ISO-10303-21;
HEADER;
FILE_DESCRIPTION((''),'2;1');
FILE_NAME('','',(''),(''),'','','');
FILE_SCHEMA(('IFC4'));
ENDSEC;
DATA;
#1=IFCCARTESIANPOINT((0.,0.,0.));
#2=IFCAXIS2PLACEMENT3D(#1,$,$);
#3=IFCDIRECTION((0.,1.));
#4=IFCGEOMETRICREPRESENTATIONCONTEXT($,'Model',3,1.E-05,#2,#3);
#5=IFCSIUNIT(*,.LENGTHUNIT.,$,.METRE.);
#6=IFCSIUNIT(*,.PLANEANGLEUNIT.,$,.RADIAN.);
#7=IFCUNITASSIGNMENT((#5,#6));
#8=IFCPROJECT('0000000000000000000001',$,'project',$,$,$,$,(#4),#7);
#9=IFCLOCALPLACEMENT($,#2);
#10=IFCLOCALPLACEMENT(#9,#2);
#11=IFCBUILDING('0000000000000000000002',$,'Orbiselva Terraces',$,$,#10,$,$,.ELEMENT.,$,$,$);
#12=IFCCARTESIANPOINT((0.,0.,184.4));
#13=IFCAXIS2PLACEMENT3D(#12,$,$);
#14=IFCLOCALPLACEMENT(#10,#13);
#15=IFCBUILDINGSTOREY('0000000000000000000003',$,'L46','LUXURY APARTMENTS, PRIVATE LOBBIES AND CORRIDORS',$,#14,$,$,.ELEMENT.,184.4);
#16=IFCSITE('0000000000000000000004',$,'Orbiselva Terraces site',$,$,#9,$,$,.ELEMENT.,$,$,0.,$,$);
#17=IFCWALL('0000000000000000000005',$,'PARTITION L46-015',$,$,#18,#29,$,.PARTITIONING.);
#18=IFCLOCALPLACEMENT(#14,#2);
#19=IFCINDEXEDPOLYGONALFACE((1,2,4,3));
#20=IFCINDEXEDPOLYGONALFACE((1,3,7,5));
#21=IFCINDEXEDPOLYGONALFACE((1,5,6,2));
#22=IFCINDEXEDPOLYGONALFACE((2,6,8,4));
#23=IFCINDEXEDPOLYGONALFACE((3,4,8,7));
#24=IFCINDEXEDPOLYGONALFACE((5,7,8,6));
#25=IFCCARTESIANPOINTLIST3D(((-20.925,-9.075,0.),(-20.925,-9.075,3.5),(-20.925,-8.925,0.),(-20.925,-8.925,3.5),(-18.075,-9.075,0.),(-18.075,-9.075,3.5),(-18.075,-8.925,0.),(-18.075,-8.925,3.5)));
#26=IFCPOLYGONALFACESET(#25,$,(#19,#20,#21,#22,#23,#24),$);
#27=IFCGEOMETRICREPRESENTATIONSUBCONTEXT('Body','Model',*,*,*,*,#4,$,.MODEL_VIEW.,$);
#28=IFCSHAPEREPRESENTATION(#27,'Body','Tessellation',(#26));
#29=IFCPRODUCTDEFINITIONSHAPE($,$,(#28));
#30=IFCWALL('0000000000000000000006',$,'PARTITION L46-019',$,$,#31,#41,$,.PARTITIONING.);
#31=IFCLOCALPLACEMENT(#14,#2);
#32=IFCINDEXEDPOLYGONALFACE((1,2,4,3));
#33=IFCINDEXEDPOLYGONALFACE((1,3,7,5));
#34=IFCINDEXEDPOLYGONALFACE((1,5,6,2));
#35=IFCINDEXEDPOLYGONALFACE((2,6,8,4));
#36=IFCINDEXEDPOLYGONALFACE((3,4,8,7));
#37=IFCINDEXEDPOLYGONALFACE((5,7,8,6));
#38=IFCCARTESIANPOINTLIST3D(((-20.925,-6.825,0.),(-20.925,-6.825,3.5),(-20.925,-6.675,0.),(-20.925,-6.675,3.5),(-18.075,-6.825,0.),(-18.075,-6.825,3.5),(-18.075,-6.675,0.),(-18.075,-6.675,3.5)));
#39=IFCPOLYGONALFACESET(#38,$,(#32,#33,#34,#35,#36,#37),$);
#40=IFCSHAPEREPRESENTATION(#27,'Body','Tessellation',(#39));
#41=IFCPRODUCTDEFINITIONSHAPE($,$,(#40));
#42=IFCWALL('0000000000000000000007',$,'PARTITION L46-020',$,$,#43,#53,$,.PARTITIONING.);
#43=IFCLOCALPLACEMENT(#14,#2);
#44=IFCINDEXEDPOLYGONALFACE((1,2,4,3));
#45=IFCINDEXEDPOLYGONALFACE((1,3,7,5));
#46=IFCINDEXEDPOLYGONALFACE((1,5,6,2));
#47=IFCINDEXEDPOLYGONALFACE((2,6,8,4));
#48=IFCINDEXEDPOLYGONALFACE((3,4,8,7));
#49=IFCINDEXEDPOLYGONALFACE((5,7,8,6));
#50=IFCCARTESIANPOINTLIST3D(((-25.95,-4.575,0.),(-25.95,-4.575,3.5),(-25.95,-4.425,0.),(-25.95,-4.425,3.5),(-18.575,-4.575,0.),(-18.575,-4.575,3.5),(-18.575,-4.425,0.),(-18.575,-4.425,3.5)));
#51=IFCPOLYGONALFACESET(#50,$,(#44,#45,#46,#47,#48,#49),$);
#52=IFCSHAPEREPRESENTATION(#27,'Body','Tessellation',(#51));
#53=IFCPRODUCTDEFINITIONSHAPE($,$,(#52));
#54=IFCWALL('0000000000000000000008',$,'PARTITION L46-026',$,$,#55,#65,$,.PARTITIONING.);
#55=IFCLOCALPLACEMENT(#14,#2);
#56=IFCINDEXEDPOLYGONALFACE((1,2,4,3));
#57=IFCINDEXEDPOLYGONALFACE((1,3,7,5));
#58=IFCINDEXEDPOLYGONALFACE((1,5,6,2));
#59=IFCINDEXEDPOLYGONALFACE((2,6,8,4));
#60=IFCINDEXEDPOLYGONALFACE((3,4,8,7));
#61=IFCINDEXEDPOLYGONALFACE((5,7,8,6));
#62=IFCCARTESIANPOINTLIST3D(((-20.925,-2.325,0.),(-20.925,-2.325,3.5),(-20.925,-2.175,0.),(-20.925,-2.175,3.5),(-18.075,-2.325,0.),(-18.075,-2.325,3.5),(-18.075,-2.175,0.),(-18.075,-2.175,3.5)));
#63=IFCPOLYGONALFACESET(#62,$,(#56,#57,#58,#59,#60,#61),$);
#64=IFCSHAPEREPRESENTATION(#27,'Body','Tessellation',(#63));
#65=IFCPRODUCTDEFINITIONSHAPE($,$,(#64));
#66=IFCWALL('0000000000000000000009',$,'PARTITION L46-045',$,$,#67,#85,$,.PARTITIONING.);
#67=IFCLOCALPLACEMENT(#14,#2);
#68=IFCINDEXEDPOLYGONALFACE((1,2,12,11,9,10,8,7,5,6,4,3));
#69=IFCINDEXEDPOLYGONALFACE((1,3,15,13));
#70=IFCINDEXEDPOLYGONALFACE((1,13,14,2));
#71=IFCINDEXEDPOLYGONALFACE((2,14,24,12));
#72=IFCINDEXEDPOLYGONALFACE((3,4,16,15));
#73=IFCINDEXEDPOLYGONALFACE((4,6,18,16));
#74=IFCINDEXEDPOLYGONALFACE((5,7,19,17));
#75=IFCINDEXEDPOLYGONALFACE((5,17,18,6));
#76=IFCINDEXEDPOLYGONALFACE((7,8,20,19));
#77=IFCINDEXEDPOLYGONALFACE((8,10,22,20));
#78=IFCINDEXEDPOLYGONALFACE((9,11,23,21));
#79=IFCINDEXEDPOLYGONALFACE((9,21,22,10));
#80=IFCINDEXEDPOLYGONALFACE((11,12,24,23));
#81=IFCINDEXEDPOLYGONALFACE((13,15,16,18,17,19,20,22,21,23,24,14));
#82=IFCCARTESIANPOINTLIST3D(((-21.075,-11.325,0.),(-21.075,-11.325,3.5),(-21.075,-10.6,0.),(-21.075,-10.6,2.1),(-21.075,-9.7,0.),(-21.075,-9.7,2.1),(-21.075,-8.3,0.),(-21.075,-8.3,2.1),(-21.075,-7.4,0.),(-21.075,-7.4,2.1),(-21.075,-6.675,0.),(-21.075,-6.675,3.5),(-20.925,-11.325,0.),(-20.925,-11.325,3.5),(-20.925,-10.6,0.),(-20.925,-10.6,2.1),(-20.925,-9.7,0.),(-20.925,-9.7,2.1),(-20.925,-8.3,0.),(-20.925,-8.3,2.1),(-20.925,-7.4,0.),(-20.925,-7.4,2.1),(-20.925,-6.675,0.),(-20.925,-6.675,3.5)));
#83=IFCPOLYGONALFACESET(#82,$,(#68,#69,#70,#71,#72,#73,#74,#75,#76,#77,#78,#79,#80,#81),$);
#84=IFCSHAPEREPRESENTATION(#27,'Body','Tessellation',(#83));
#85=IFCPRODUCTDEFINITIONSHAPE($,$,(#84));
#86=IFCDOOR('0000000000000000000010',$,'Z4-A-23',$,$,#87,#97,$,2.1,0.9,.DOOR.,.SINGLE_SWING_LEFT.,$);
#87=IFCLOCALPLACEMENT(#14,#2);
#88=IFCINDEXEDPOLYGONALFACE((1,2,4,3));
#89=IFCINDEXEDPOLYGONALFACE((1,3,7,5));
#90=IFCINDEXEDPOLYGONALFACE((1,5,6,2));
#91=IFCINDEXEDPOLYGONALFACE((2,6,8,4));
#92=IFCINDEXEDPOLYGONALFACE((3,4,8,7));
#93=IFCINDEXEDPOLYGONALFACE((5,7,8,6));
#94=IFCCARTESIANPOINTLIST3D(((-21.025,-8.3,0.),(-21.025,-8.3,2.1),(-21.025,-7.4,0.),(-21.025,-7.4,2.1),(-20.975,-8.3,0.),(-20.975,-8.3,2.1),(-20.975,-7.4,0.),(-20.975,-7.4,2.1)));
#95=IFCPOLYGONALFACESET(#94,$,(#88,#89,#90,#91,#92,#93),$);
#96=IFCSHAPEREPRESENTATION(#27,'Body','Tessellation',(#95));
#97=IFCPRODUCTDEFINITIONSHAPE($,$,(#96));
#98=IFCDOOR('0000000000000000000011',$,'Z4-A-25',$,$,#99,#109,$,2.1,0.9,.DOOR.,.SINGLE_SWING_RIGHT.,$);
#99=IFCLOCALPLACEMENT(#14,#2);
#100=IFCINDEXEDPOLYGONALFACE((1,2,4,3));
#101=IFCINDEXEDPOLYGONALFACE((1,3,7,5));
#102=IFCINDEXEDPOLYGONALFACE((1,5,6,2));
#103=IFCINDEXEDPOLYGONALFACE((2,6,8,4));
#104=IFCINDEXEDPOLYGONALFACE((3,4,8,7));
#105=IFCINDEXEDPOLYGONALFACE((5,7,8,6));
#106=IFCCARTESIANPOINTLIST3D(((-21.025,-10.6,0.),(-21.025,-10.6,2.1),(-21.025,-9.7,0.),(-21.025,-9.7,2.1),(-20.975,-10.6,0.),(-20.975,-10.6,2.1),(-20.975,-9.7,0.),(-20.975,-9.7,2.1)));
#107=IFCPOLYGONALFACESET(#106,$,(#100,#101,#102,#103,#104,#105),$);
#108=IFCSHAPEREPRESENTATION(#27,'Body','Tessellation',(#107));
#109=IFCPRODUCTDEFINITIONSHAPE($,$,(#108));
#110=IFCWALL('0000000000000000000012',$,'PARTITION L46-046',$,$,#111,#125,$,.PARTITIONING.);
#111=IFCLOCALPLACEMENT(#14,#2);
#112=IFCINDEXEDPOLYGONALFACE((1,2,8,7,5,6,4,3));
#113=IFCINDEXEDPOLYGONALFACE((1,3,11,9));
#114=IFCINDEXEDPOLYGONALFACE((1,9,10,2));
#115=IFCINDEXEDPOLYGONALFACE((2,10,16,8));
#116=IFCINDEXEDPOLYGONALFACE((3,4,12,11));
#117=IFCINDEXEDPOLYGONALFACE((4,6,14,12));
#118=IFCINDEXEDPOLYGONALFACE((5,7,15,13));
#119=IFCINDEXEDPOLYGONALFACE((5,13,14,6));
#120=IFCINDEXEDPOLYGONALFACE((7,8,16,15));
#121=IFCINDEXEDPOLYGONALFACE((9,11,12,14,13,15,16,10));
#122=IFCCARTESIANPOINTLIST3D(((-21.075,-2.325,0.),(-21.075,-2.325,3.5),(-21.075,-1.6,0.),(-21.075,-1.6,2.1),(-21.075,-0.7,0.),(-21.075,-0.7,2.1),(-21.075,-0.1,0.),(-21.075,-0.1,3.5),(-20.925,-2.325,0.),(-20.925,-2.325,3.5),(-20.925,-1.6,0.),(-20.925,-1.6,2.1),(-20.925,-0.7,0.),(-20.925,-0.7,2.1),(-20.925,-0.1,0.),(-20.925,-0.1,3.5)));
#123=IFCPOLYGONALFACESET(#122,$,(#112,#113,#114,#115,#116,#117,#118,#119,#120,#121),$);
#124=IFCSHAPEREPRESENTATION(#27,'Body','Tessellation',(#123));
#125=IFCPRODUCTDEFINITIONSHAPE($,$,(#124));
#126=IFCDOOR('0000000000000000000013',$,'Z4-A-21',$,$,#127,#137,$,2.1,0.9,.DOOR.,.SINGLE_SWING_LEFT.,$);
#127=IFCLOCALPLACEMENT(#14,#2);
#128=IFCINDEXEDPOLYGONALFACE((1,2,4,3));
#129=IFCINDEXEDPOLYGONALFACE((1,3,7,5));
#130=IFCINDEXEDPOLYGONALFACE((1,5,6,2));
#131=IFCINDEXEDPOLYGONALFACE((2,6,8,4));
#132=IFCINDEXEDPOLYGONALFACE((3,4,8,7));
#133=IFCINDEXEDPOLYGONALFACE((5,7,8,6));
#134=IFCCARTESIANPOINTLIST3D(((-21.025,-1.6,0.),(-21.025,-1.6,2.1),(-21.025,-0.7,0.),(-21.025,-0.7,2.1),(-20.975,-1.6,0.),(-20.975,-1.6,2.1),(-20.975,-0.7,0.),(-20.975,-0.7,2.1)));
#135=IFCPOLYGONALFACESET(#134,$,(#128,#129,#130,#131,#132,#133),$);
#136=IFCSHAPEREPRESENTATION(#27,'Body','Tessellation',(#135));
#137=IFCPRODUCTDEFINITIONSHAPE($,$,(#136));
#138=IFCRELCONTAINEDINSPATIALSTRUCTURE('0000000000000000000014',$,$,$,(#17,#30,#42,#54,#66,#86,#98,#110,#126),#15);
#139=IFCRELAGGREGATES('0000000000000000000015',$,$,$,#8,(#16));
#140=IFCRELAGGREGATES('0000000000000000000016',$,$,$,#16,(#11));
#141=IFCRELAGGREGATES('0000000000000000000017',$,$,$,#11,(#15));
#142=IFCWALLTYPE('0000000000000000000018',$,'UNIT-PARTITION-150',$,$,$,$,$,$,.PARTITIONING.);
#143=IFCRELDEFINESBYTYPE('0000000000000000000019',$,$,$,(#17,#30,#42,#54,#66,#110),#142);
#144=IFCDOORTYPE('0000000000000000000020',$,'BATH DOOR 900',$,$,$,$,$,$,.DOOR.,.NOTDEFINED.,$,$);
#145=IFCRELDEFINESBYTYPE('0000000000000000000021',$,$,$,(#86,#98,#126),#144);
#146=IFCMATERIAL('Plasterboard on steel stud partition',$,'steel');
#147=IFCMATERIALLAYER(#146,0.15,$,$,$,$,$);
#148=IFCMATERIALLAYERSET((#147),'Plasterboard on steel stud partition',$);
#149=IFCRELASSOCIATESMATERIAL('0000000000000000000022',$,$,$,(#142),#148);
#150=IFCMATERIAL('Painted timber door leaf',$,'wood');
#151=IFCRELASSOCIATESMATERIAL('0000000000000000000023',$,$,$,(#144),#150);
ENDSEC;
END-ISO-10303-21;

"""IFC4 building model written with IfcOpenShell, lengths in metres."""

from ifc_helpers import new_model, si_unit, direction, frame, frame_2d, origin, place, context, subcontext, project, spatial, rectangle, extrude, material, layer, layer_set, type_object, element, fill, save


model = new_model("IFC4")

# Units and contexts
model_context = context("Model", 3, precision=1e-05, world=origin(), true_north=direction((0.0, 1.0)))
body_context = subcontext(model_context, "Body", "Model", "MODEL_VIEW")
ifc_project = project(units=[si_unit("LENGTHUNIT", "METRE"), si_unit("PLANEANGLEUNIT", "RADIAN")], contexts=[model_context])

# Site, building, storey
site_placement = place(None, origin())
site = spatial("IfcSite", under=ifc_project, at=site_placement, Name="Orbiselva Terraces site", CompositionType="ELEMENT", RefElevation=0.0)
building_placement = place(site_placement, origin())
building = spatial("IfcBuilding", under=site, at=building_placement, Name="Orbiselva Terraces", CompositionType="ELEMENT")
storey_placement = place(building_placement, frame((0.0, 0.0, 184.4)))
storey = spatial("IfcBuildingStorey", under=building, at=storey_placement, Name="L46", Description="LUXURY APARTMENTS, PRIVATE LOBBIES AND CORRIDORS", CompositionType="ELEMENT", Elevation=184.4)

# Walls
ifc_material_1 = material(Name="Plasterboard on steel stud partition", Category="steel")
ifc_layer_1 = layer(ifc_material_1, 0.15)
ifc_layer_set_1 = layer_set([ifc_layer_1], Name="Plasterboard on steel stud partition")
wall_type_1 = type_object("IfcWallType", Name="UNIT-PARTITION-150", PredefinedType="PARTITIONING", material=ifc_layer_set_1)
for number, where, z_axis, x_axis, name in (
    (1, (-20.925, -9.0, 0.0), (0.0, 0.0, 1.0), (1.0, 0.0, 0.0), "PARTITION L46-015"),
    (2, (-20.925, -6.75, 0.0), (0.0, 0.0, 1.0), (1.0, 0.0, 0.0), "PARTITION L46-019"),
):
    element("IfcWall", number, at=place(storey_placement, frame(where, z_axis=z_axis, x_axis=x_axis)), inside=storey, type_object=wall_type_1, Name=name, PredefinedType="PARTITIONING", context=body_context, shape_type="SweptSolid", body=[
        extrude(rectangle(XDim=2.85, YDim=0.15, at=frame_2d((1.425, 0.0))), origin(), (0.0, 0.0, 1.0), 3.5),
    ])
wall_1_placement = place(storey_placement, frame((-25.95, -4.5, 0.0), z_axis=(0.0, 0.0, 1.0), x_axis=(1.0, 0.0, 0.0)))
element("IfcWall", 3, at=wall_1_placement, inside=storey, type_object=wall_type_1, Name="PARTITION L46-020", PredefinedType="PARTITIONING", context=body_context, shape_type="SweptSolid", body=[
    extrude(rectangle(XDim=7.375, YDim=0.15, at=frame_2d((3.6875, 0.0))), origin(), (0.0, 0.0, 1.0), 3.5),
])
wall_2_placement = place(storey_placement, frame((-20.925, -2.25, 0.0), z_axis=(0.0, 0.0, 1.0), x_axis=(1.0, 0.0, 0.0)))
element("IfcWall", 4, at=wall_2_placement, inside=storey, type_object=wall_type_1, Name="PARTITION L46-026", PredefinedType="PARTITIONING", context=body_context, shape_type="SweptSolid", body=[
    extrude(rectangle(XDim=2.85, YDim=0.15, at=frame_2d((1.425, 0.0))), origin(), (0.0, 0.0, 1.0), 3.5),
])

# Wall, openings, doors
wall_3_placement = place(storey_placement, frame((-21.0, -6.675, 0.0), z_axis=(0.0, 0.0, 1.0), x_axis=(0.0, -1.0, 0.0)))
wall_3 = element("IfcWall", 5, at=wall_3_placement, inside=storey, type_object=wall_type_1, Name="PARTITION L46-045", PredefinedType="PARTITIONING", context=body_context, shape_type="SweptSolid", body=[
    extrude(rectangle(XDim=4.65, YDim=0.15, at=frame_2d((2.325, 0.0))), origin(), (0.0, 0.0, 1.0), 3.5),
])
opening_1_placement = place(wall_3_placement, frame((0.725, 0.0, 0.0)))
opening_1 = element("IfcOpeningElement", 6, at=opening_1_placement, cuts=wall_3, PredefinedType="OPENING", context=body_context, shape_type="SweptSolid", body=[
    extrude(rectangle(XDim=0.9, YDim=2.1, at=frame_2d((0.45, 1.05))), frame((0.0, 0.085, 0.0), z_axis=(0.0, -1.0, 0.0), x_axis=(1.0, 0.0, 0.0)), (0.0, 0.0, 1.0), 0.17),
])
opening_2_placement = place(wall_3_placement, frame((3.025, 0.0, 0.0)))
opening_2 = element("IfcOpeningElement", 7, at=opening_2_placement, cuts=wall_3, PredefinedType="OPENING", context=body_context, shape_type="SweptSolid", body=[
    extrude(rectangle(XDim=0.9, YDim=2.1, at=frame_2d((0.45, 1.05))), frame((0.0, 0.085, 0.0), z_axis=(0.0, -1.0, 0.0), x_axis=(1.0, 0.0, 0.0)), (0.0, 0.0, 1.0), 0.17),
])
ifc_material_2 = material(Name="Painted timber door leaf", Category="wood")
door_type_1 = type_object("IfcDoorType", Name="BATH DOOR 900", OperationType="NOTDEFINED", PredefinedType="DOOR", material=ifc_material_2)
door_1_placement = place(opening_1_placement, origin())
door_1 = element("IfcDoor", 8, at=door_1_placement, inside=storey, type_object=door_type_1, Name="Z4-A-23", OperationType="SINGLE_SWING_LEFT", OverallHeight=2.1, OverallWidth=0.9, PredefinedType="DOOR", context=body_context, shape_type="SweptSolid", body=[
    extrude(rectangle(XDim=0.9, YDim=2.1, at=frame_2d((0.45, 1.05))), frame((0.0, 0.025, 0.0), z_axis=(0.0, -1.0, 0.0), x_axis=(1.0, 0.0, 0.0)), (0.0, 0.0, 1.0), 0.05),
])
fill(opening_1, door_1)
door_2_placement = place(opening_2_placement, origin())
door_2 = element("IfcDoor", 9, at=door_2_placement, inside=storey, type_object=door_type_1, Name="Z4-A-25", OperationType="SINGLE_SWING_RIGHT", OverallHeight=2.1, OverallWidth=0.9, PredefinedType="DOOR", context=body_context, shape_type="SweptSolid", body=[
    extrude(rectangle(XDim=0.9, YDim=2.1, at=frame_2d((0.45, 1.05))), frame((0.0, 0.025, 0.0), z_axis=(0.0, -1.0, 0.0), x_axis=(1.0, 0.0, 0.0)), (0.0, 0.0, 1.0), 0.05),
])
fill(opening_2, door_2)

# Wall, opening, door
wall_4_placement = place(storey_placement, frame((-21.0, -0.1, 0.0), z_axis=(0.0, 0.0, 1.0), x_axis=(0.0, -1.0, 0.0)))
wall_4 = element("IfcWall", 10, at=wall_4_placement, inside=storey, type_object=wall_type_1, Name="PARTITION L46-046", PredefinedType="PARTITIONING", context=body_context, shape_type="SweptSolid", body=[
    extrude(rectangle(XDim=2.225, YDim=0.15, at=frame_2d((1.1125, 0.0))), origin(), (0.0, 0.0, 1.0), 3.5),
])
opening_3_placement = place(wall_4_placement, frame((0.6, 0.0, 0.0)))
opening_3 = element("IfcOpeningElement", 11, at=opening_3_placement, cuts=wall_4, PredefinedType="OPENING", context=body_context, shape_type="SweptSolid", body=[
    extrude(rectangle(XDim=0.9, YDim=2.1, at=frame_2d((0.45, 1.05))), frame((0.0, 0.085, 0.0), z_axis=(0.0, -1.0, 0.0), x_axis=(1.0, 0.0, 0.0)), (0.0, 0.0, 1.0), 0.17),
])
door_3_placement = place(opening_3_placement, origin())
door_3 = element("IfcDoor", 12, at=door_3_placement, inside=storey, type_object=door_type_1, Name="Z4-A-21", OperationType="SINGLE_SWING_LEFT", OverallHeight=2.1, OverallWidth=0.9, PredefinedType="DOOR", context=body_context, shape_type="SweptSolid", body=[
    extrude(rectangle(XDim=0.9, YDim=2.1, at=frame_2d((0.45, 1.05))), frame((0.0, 0.025, 0.0), z_axis=(0.0, -1.0, 0.0), x_axis=(1.0, 0.0, 0.0)), (0.0, 0.0, 1.0), 0.05),
])
fill(opening_3, door_3)

save(model, "model.ifc")
